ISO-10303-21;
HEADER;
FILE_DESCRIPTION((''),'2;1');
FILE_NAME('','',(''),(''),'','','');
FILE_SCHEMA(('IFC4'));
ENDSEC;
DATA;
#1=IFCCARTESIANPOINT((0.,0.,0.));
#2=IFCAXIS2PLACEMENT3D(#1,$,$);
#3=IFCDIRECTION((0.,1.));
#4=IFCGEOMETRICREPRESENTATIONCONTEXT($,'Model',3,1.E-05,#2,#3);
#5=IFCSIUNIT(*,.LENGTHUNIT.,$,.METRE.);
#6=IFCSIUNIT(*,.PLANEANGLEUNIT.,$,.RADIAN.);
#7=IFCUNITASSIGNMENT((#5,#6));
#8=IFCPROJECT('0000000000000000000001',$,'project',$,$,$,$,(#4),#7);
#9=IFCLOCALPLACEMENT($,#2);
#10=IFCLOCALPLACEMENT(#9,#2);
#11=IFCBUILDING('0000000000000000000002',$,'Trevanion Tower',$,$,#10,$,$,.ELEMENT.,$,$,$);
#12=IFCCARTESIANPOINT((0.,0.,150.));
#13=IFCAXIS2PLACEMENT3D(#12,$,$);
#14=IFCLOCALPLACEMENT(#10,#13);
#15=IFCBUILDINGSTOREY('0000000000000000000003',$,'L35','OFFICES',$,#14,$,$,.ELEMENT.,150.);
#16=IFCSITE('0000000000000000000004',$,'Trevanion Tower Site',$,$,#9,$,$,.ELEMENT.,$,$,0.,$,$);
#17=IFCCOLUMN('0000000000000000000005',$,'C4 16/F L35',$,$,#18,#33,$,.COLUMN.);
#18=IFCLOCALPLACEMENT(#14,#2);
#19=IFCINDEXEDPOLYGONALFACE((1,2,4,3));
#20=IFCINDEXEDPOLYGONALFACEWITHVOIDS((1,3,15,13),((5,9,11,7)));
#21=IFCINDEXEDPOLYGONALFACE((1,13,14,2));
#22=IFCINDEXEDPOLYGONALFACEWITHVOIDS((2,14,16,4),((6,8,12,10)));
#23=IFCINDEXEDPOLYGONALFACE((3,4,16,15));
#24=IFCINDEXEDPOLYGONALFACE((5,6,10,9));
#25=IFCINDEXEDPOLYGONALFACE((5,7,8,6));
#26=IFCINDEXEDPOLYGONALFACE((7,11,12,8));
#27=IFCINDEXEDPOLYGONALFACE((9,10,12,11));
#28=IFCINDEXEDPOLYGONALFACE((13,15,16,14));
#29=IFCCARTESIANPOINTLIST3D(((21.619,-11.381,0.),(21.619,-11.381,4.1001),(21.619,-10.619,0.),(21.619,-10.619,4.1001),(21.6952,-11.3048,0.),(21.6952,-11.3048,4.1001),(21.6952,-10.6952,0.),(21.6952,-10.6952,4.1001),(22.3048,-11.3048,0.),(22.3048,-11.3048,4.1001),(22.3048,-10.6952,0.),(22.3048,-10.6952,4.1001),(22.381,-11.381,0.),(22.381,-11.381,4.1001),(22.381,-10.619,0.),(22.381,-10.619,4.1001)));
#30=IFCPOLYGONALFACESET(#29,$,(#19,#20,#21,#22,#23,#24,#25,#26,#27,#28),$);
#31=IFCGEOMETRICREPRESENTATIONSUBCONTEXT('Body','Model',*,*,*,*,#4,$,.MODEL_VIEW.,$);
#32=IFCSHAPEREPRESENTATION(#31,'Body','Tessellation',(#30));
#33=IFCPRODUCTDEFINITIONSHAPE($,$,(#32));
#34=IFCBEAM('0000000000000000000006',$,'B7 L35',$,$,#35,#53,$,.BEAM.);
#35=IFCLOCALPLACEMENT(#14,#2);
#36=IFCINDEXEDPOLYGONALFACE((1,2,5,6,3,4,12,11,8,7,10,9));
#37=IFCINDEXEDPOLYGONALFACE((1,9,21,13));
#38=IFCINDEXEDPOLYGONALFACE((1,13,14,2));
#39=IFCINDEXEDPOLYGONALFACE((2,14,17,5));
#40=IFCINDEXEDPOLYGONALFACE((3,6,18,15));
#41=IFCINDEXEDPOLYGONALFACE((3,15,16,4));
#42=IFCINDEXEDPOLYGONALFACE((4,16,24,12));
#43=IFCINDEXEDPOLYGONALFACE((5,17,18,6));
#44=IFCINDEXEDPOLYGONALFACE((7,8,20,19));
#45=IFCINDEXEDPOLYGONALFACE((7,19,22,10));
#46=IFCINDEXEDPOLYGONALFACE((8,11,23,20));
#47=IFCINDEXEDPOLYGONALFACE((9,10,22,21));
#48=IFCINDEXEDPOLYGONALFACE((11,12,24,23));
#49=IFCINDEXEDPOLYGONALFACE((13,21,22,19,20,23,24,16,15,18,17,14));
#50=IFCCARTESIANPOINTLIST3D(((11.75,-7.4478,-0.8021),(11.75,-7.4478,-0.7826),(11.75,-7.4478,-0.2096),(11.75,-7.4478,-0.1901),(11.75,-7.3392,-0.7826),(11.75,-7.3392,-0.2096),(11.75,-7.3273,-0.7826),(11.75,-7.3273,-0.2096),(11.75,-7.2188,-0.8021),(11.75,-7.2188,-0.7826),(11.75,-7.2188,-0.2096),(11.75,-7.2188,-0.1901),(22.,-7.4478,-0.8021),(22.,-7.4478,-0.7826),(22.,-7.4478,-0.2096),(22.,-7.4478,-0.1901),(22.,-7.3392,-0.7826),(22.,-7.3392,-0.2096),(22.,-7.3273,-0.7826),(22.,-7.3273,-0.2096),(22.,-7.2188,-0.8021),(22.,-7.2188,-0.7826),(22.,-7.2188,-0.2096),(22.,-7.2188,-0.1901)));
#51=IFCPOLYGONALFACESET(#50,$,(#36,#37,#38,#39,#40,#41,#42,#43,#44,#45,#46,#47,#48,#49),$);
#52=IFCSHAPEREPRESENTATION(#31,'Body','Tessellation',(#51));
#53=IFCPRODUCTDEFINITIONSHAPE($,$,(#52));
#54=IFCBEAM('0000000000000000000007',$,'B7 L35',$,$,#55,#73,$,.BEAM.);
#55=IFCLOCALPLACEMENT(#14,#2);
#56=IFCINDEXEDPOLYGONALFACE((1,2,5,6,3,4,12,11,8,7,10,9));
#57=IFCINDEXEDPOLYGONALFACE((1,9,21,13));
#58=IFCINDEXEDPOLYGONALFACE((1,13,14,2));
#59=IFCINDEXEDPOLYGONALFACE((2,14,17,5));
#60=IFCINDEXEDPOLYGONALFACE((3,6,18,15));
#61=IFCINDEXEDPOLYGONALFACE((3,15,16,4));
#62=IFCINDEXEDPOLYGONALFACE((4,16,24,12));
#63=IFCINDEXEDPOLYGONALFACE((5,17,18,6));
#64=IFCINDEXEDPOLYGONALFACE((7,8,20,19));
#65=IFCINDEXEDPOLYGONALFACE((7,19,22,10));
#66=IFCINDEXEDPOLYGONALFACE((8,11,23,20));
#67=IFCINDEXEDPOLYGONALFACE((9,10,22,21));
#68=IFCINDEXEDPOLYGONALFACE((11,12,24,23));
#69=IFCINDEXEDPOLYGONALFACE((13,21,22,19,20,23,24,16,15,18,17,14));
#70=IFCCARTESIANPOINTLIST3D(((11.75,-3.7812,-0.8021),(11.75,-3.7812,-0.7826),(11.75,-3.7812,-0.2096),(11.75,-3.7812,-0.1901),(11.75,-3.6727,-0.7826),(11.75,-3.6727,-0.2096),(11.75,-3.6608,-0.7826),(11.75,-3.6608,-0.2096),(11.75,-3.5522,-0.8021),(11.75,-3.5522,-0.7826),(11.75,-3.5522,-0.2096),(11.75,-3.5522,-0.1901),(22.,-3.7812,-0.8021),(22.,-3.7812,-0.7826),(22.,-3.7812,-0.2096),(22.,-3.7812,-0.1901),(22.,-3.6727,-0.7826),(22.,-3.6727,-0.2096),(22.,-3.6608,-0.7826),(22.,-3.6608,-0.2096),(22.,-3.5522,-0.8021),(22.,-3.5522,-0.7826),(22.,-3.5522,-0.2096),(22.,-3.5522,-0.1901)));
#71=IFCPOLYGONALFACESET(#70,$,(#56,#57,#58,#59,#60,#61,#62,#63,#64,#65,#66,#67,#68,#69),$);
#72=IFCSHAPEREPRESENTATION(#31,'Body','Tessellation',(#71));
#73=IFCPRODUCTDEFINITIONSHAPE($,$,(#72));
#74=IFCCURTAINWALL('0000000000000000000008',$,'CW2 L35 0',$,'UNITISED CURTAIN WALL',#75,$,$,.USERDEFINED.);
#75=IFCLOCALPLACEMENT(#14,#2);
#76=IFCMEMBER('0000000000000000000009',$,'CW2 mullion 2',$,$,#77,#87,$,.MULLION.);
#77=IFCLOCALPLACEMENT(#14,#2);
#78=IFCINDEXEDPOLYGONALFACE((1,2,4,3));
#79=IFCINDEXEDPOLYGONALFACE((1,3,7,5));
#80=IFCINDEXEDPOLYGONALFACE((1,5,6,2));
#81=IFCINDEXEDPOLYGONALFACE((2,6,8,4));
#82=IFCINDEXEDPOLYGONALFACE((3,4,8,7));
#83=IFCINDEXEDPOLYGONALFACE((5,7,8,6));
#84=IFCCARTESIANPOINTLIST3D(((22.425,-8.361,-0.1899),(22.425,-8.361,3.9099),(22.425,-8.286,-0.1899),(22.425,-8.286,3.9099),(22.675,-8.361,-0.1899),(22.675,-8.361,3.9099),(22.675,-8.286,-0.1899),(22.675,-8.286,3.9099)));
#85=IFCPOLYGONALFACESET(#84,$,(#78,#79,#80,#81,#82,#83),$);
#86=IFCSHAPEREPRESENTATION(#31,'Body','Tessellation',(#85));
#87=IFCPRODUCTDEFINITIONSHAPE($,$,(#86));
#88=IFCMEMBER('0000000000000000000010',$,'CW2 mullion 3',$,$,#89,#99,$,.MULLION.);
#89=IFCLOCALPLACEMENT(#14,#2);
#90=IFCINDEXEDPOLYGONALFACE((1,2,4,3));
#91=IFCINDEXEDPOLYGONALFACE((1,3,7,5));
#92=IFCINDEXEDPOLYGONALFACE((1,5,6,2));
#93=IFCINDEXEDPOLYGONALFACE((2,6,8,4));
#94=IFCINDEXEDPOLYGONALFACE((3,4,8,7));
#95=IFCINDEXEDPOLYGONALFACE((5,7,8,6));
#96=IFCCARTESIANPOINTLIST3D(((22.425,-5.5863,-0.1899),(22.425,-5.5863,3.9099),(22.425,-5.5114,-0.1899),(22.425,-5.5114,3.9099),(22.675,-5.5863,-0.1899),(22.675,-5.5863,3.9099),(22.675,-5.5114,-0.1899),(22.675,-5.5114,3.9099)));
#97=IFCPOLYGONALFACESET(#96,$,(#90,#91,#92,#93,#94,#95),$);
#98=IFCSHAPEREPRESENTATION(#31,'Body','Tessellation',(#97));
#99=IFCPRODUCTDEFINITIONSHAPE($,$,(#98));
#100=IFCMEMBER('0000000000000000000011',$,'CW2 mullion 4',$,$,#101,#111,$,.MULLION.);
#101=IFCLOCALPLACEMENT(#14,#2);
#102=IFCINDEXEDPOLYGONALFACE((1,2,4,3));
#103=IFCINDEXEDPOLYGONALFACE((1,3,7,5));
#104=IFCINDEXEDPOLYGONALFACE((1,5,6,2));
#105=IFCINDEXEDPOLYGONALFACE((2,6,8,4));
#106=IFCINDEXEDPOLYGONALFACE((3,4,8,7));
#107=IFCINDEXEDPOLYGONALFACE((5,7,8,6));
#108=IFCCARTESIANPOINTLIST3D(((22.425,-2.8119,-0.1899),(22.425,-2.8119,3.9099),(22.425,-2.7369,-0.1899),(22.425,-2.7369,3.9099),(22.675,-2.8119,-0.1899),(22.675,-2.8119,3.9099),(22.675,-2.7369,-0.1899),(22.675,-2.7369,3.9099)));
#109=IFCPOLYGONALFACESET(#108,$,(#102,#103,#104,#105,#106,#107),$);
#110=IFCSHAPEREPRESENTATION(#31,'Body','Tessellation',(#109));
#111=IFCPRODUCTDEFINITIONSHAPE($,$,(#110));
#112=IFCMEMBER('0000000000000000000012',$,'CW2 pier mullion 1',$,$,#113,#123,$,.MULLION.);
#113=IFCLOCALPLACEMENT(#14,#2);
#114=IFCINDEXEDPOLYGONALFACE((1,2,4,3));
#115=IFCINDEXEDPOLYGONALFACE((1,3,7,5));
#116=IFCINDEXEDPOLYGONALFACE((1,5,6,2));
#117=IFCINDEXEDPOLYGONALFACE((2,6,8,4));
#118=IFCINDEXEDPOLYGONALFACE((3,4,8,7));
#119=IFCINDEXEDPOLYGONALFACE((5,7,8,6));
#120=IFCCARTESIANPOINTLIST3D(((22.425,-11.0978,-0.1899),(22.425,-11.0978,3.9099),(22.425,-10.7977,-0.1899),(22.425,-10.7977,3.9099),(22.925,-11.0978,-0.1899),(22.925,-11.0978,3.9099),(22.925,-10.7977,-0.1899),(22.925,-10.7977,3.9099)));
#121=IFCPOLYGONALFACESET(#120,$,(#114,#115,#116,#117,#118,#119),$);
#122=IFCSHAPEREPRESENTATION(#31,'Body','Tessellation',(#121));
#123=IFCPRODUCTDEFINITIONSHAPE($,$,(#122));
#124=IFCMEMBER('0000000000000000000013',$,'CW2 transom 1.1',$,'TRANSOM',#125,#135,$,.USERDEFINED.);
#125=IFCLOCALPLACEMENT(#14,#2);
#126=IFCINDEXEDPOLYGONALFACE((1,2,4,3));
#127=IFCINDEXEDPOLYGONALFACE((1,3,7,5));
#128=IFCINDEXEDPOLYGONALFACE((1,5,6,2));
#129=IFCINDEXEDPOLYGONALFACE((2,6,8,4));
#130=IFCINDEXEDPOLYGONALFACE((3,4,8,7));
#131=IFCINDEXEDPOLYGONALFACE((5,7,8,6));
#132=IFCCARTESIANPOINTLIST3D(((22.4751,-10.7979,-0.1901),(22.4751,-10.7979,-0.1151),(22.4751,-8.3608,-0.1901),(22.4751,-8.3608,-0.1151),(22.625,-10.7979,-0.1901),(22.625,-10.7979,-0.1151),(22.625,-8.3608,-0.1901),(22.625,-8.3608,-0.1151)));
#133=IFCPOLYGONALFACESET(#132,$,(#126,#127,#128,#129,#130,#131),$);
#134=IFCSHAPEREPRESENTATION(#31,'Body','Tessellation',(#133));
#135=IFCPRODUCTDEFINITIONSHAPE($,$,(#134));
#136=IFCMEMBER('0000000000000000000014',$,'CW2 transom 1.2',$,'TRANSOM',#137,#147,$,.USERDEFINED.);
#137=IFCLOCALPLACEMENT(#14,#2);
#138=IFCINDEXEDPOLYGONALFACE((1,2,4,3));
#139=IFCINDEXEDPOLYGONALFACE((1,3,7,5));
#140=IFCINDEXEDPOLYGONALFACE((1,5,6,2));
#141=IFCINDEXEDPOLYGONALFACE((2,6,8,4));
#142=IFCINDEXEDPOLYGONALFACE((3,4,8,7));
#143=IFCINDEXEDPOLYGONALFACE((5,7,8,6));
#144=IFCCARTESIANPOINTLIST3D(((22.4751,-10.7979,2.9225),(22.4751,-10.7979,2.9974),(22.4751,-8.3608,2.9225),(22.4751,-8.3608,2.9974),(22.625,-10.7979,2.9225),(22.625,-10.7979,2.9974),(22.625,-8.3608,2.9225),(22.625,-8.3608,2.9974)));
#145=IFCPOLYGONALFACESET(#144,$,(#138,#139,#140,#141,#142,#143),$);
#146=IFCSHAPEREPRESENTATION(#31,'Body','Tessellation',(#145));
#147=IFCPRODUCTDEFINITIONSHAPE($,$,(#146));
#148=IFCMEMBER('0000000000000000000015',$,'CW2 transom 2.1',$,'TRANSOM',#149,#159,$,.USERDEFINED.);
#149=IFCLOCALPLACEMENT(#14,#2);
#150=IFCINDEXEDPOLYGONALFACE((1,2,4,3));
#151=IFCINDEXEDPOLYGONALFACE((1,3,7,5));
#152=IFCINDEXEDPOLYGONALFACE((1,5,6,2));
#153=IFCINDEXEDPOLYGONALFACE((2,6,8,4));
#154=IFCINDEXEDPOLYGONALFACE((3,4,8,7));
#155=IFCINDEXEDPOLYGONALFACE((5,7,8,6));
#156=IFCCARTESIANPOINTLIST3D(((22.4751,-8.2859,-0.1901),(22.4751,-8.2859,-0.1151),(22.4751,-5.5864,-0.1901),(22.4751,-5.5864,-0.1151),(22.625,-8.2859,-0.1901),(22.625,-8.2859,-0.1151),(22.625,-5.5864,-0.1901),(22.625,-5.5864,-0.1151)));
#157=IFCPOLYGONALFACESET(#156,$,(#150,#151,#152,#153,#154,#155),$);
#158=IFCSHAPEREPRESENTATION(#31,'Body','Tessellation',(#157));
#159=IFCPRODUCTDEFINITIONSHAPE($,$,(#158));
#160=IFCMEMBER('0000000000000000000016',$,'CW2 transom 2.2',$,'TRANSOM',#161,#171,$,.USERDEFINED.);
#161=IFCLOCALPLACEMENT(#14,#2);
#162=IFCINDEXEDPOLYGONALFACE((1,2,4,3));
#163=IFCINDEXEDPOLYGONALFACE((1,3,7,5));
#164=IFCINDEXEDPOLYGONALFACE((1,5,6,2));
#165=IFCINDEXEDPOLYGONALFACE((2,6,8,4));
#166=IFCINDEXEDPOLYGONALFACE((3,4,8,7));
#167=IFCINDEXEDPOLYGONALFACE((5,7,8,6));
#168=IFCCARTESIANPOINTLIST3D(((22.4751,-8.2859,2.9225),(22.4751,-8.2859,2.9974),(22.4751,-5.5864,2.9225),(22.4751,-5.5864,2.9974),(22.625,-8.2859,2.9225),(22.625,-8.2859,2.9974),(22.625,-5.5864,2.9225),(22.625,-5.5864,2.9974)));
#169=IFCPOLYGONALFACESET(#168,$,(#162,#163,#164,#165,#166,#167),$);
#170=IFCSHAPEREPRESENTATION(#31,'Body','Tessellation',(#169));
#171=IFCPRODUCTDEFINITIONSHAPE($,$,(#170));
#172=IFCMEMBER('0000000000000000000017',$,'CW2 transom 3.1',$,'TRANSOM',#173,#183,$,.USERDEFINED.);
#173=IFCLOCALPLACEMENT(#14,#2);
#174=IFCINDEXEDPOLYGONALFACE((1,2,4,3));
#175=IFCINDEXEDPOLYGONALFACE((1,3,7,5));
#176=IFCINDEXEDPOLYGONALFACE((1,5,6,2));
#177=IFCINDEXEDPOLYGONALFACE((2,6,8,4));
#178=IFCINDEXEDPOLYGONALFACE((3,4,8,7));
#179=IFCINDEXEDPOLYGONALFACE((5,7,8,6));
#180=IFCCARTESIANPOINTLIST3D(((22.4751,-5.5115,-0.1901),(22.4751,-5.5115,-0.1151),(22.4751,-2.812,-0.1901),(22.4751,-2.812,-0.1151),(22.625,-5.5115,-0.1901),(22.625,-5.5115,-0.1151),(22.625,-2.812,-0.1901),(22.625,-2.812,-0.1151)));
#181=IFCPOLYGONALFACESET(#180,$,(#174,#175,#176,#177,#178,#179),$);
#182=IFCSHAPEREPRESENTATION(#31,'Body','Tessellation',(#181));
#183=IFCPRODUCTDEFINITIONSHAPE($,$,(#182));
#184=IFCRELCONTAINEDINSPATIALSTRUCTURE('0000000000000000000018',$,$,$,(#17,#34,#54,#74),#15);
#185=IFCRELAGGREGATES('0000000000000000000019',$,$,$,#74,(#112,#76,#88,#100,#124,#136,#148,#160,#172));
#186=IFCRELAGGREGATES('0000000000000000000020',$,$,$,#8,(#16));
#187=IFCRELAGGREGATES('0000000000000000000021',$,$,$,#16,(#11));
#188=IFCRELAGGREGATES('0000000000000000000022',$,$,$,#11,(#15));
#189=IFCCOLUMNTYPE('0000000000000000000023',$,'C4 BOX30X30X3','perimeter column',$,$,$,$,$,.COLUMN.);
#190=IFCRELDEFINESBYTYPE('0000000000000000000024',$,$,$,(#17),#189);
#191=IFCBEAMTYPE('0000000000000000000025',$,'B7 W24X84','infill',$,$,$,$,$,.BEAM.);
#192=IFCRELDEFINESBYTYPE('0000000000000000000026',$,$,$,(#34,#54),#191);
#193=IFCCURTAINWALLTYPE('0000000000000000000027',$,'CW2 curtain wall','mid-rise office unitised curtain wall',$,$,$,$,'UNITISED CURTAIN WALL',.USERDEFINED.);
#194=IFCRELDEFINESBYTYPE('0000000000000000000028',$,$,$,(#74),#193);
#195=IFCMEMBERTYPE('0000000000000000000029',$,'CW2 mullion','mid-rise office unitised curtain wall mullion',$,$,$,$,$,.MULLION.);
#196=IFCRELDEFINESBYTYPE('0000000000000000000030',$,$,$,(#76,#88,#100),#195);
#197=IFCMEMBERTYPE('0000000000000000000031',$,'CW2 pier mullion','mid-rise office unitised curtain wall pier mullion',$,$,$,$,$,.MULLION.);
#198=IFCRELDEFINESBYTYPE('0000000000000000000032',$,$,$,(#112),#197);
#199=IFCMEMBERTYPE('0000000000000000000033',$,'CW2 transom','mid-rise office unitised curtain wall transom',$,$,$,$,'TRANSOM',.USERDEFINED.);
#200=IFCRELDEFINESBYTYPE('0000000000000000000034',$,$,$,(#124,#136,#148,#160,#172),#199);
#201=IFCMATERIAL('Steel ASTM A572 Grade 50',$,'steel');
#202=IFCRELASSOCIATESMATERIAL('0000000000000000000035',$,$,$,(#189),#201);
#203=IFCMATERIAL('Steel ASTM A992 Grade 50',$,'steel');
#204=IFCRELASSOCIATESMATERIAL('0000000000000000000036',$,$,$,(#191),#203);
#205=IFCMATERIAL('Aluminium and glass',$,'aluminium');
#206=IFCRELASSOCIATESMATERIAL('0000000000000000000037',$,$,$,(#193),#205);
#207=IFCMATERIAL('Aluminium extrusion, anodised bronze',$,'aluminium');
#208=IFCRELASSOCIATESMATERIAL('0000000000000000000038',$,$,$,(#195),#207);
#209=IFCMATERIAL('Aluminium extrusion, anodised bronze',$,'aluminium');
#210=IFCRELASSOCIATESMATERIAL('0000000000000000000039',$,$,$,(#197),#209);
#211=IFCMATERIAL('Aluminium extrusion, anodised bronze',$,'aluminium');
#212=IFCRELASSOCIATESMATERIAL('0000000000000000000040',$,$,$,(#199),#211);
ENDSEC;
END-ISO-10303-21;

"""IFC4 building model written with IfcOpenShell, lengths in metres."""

from ifc_helpers import new_model, si_unit, direction, frame, origin, origin_2d, place, context, subcontext, project, spatial, rectangle, hollow_rectangle, i_section, extrude, material, material_profile, profile_set, type_object, element, aggregate, save


model = new_model("IFC4")

# Units and contexts
model_context = context("Model", 3, precision=1e-05, world=origin(), true_north=direction((0.0, 1.0)))
body_context = subcontext(model_context, "Body", "Model", "MODEL_VIEW")
ifc_project = project(units=[si_unit("LENGTHUNIT", "METRE"), si_unit("PLANEANGLEUNIT", "RADIAN")], contexts=[model_context])

# Site, building, storey
site_placement = place(None, origin())
site = spatial("IfcSite", under=ifc_project, at=site_placement, Name="Trevanion Tower Site", CompositionType="ELEMENT", RefElevation=0.0)
building_placement = place(site_placement, origin())
building = spatial("IfcBuilding", under=site, at=building_placement, Name="Trevanion Tower", CompositionType="ELEMENT")
storey_placement = place(building_placement, frame((0.0, 0.0, 150.0)))
storey = spatial("IfcBuildingStorey", under=building, at=storey_placement, Name="L35", Description="OFFICES", CompositionType="ELEMENT", Elevation=150.0)

# Column
ifc_material_1 = material(Name="Steel ASTM A572 Grade 50", Category="steel")
ifc_material_profile_1 = material_profile(ifc_material_1, hollow_rectangle(XDim=0.762, YDim=0.762, WallThickness=0.0762, at=origin_2d()), Name="BOX30X30X3")
ifc_profile_set_1 = profile_set([ifc_material_profile_1], Name="Steel ASTM A572 Grade 50")
column_type = type_object("IfcColumnType", Name="C4 BOX30X30X3", Description="perimeter column", PredefinedType="COLUMN", material=ifc_profile_set_1)
column_placement = place(storey_placement, frame((22.0, -11.0, 0.0), z_axis=(0.0, 0.0, 1.0), x_axis=(0.0, 1.0, 0.0)))
element("IfcColumn", 1, at=column_placement, inside=storey, type_object=column_type, Name="C4 16/F L35", PredefinedType="COLUMN", context=body_context, shape_type="SweptSolid", body=[
    extrude(hollow_rectangle(XDim=0.762, YDim=0.762, WallThickness=0.0762, at=origin_2d()), origin(), (0.0, 0.0, 1.0), 4.1001),
])

# Beams
ifc_material_2 = material(Name="Steel ASTM A992 Grade 50", Category="steel")
ifc_material_profile_2 = material_profile(ifc_material_2, i_section(OverallWidth=0.229, OverallDepth=0.6121, WebThickness=0.012, FlangeThickness=0.0195, at=origin_2d()), Name="W24X84")
ifc_profile_set_2 = profile_set([ifc_material_profile_2], Name="Steel ASTM A992 Grade 50")
beam_type_1 = type_object("IfcBeamType", Name="B7 W24X84", Description="infill", PredefinedType="BEAM", material=ifc_profile_set_2)
for number, where, z_axis, x_axis, name in (
    (2, (11.75, -7.3333, -0.4961), (1.0, 0.0, 0.0), (0.0, 1.0, 0.0), "B7 L35"),
    (3, (11.75, -3.6667, -0.4961), (1.0, 0.0, 0.0), (0.0, 1.0, 0.0), "B7 L35"),
):
    element("IfcBeam", number, at=place(storey_placement, frame(where, z_axis=z_axis, x_axis=x_axis)), inside=storey, type_object=beam_type_1, Name=name, PredefinedType="BEAM", context=body_context, shape_type="SweptSolid", body=[
        extrude(i_section(OverallWidth=0.229, OverallDepth=0.6121, WebThickness=0.012, FlangeThickness=0.0195, at=origin_2d()), origin(), (0.0, 0.0, 1.0), 10.25),
    ])

# Curtain wall, members
ifc_material_3 = material(Name="Aluminium and glass", Category="aluminium")
curtain_wall_type = type_object("IfcCurtainWallType", Name="CW2 curtain wall", Description="mid-rise office unitised curtain wall", ElementType="UNITISED CURTAIN WALL", PredefinedType="USERDEFINED", material=ifc_material_3)
curtain_wall_placement = place(storey_placement, origin())
curtain_wall = element("IfcCurtainWall", 4, at=curtain_wall_placement, inside=storey, type_object=curtain_wall_type, Name="CW2 L35 0", ObjectType="UNITISED CURTAIN WALL", PredefinedType="USERDEFINED")
ifc_material_4 = material(Name="Aluminium extrusion, anodised bronze", Category="aluminium")
ifc_material_profile_3 = material_profile(ifc_material_4, rectangle(XDim=0.075, YDim=0.25, at=origin_2d()), Name="CW2 mullion")
ifc_profile_set_3 = profile_set([ifc_material_profile_3], Name="Aluminium extrusion, anodised bronze")
member_type_1 = type_object("IfcMemberType", Name="CW2 mullion", Description="mid-rise office unitised curtain wall mullion", PredefinedType="MULLION", material=ifc_profile_set_3)
member_1_placement = place(storey_placement, frame((22.55, -8.3235, -0.1899), z_axis=(0.0, 0.0, 1.0), x_axis=(0.0, 1.0, 0.0)))
member_1 = element("IfcMember", 5, at=member_1_placement, type_object=member_type_1, Name="CW2 mullion 2", PredefinedType="MULLION", context=body_context, shape_type="SweptSolid", body=[
    extrude(rectangle(XDim=0.075, YDim=0.25, at=origin_2d()), origin(), (0.0, 0.0, 1.0), 4.0999),
])
member_2_placement = place(storey_placement, frame((22.55, -5.5488, -0.1899), z_axis=(0.0, 0.0, 1.0), x_axis=(0.0, 1.0, 0.0)))
member_2 = element("IfcMember", 6, at=member_2_placement, type_object=member_type_1, Name="CW2 mullion 3", PredefinedType="MULLION", context=body_context, shape_type="SweptSolid", body=[
    extrude(rectangle(XDim=0.075, YDim=0.25, at=origin_2d()), origin(), (0.0, 0.0, 1.0), 4.0999),
])
member_3_placement = place(storey_placement, frame((22.55, -2.7744, -0.1899), z_axis=(0.0, 0.0, 1.0), x_axis=(0.0, 1.0, 0.0)))
member_3 = element("IfcMember", 7, at=member_3_placement, type_object=member_type_1, Name="CW2 mullion 4", PredefinedType="MULLION", context=body_context, shape_type="SweptSolid", body=[
    extrude(rectangle(XDim=0.075, YDim=0.25, at=origin_2d()), origin(), (0.0, 0.0, 1.0), 4.0999),
])
ifc_material_5 = material(Name="Aluminium extrusion, anodised bronze", Category="aluminium")
ifc_material_profile_4 = material_profile(ifc_material_5, rectangle(XDim=0.3, YDim=0.5, at=origin_2d()), Name="CW2 pier mullion")
ifc_profile_set_4 = profile_set([ifc_material_profile_4], Name="Aluminium extrusion, anodised bronze")
member_type_2 = type_object("IfcMemberType", Name="CW2 pier mullion", Description="mid-rise office unitised curtain wall pier mullion", PredefinedType="MULLION", material=ifc_profile_set_4)
member_4_placement = place(storey_placement, frame((22.675, -10.9478, -0.1899), z_axis=(0.0, 0.0, 1.0), x_axis=(0.0, 1.0, 0.0)))
member_4 = element("IfcMember", 8, at=member_4_placement, type_object=member_type_2, Name="CW2 pier mullion 1", PredefinedType="MULLION", context=body_context, shape_type="SweptSolid", body=[
    extrude(rectangle(XDim=0.3, YDim=0.5, at=origin_2d()), origin(), (0.0, 0.0, 1.0), 4.0999),
])
ifc_material_6 = material(Name="Aluminium extrusion, anodised bronze", Category="aluminium")
ifc_material_profile_5 = material_profile(ifc_material_6, rectangle(XDim=0.1499, YDim=0.075, at=origin_2d()), Name="CW2 transom")
ifc_profile_set_5 = profile_set([ifc_material_profile_5], Name="Aluminium extrusion, anodised bronze")
member_type_3 = type_object("IfcMemberType", Name="CW2 transom", Description="mid-rise office unitised curtain wall transom", ElementType="TRANSOM", PredefinedType="USERDEFINED", material=ifc_profile_set_5)
member_5_placement = place(storey_placement, frame((22.55, -10.7979, -0.1526), z_axis=(0.0, 1.0, 0.0), x_axis=(-1.0, 0.0, 0.0)))
member_5 = element("IfcMember", 9, at=member_5_placement, type_object=member_type_3, Name="CW2 transom 1.1", ObjectType="TRANSOM", PredefinedType="USERDEFINED", context=body_context, shape_type="SweptSolid", body=[
    extrude(rectangle(XDim=0.1499, YDim=0.075, at=origin_2d()), origin(), (0.0, 0.0, 1.0), 2.437),
])
member_6_placement = place(storey_placement, frame((22.55, -10.7979, 2.96), z_axis=(0.0, 1.0, 0.0), x_axis=(-1.0, 0.0, 0.0)))
member_6 = element("IfcMember", 10, at=member_6_placement, type_object=member_type_3, Name="CW2 transom 1.2", ObjectType="TRANSOM", PredefinedType="USERDEFINED", context=body_context, shape_type="SweptSolid", body=[
    extrude(rectangle(XDim=0.1499, YDim=0.075, at=origin_2d()), origin(), (0.0, 0.0, 1.0), 2.437),
])
member_7_placement = place(storey_placement, frame((22.55, -8.2859, -0.1526), z_axis=(0.0, 1.0, 0.0), x_axis=(-1.0, 0.0, 0.0)))
member_7 = element("IfcMember", 11, at=member_7_placement, type_object=member_type_3, Name="CW2 transom 2.1", ObjectType="TRANSOM", PredefinedType="USERDEFINED", context=body_context, shape_type="SweptSolid", body=[
    extrude(rectangle(XDim=0.1499, YDim=0.075, at=origin_2d()), origin(), (0.0, 0.0, 1.0), 2.6995),
])
member_8_placement = place(storey_placement, frame((22.55, -8.2859, 2.96), z_axis=(0.0, 1.0, 0.0), x_axis=(-1.0, 0.0, 0.0)))
member_8 = element("IfcMember", 12, at=member_8_placement, type_object=member_type_3, Name="CW2 transom 2.2", ObjectType="TRANSOM", PredefinedType="USERDEFINED", context=body_context, shape_type="SweptSolid", body=[
    extrude(rectangle(XDim=0.1499, YDim=0.075, at=origin_2d()), origin(), (0.0, 0.0, 1.0), 2.6995),
])
member_9_placement = place(storey_placement, frame((22.55, -5.5115, -0.1526), z_axis=(0.0, 1.0, 0.0), x_axis=(-1.0, 0.0, 0.0)))
member_9 = element("IfcMember", 13, at=member_9_placement, type_object=member_type_3, Name="CW2 transom 3.1", ObjectType="TRANSOM", PredefinedType="USERDEFINED", context=body_context, shape_type="SweptSolid", body=[
    extrude(rectangle(XDim=0.1499, YDim=0.075, at=origin_2d()), origin(), (0.0, 0.0, 1.0), 2.6995),
])

aggregate(curtain_wall, [member_4, member_1, member_2, member_3, member_5, member_6, member_7, member_8, member_9])

save(model, "model.ifc")
